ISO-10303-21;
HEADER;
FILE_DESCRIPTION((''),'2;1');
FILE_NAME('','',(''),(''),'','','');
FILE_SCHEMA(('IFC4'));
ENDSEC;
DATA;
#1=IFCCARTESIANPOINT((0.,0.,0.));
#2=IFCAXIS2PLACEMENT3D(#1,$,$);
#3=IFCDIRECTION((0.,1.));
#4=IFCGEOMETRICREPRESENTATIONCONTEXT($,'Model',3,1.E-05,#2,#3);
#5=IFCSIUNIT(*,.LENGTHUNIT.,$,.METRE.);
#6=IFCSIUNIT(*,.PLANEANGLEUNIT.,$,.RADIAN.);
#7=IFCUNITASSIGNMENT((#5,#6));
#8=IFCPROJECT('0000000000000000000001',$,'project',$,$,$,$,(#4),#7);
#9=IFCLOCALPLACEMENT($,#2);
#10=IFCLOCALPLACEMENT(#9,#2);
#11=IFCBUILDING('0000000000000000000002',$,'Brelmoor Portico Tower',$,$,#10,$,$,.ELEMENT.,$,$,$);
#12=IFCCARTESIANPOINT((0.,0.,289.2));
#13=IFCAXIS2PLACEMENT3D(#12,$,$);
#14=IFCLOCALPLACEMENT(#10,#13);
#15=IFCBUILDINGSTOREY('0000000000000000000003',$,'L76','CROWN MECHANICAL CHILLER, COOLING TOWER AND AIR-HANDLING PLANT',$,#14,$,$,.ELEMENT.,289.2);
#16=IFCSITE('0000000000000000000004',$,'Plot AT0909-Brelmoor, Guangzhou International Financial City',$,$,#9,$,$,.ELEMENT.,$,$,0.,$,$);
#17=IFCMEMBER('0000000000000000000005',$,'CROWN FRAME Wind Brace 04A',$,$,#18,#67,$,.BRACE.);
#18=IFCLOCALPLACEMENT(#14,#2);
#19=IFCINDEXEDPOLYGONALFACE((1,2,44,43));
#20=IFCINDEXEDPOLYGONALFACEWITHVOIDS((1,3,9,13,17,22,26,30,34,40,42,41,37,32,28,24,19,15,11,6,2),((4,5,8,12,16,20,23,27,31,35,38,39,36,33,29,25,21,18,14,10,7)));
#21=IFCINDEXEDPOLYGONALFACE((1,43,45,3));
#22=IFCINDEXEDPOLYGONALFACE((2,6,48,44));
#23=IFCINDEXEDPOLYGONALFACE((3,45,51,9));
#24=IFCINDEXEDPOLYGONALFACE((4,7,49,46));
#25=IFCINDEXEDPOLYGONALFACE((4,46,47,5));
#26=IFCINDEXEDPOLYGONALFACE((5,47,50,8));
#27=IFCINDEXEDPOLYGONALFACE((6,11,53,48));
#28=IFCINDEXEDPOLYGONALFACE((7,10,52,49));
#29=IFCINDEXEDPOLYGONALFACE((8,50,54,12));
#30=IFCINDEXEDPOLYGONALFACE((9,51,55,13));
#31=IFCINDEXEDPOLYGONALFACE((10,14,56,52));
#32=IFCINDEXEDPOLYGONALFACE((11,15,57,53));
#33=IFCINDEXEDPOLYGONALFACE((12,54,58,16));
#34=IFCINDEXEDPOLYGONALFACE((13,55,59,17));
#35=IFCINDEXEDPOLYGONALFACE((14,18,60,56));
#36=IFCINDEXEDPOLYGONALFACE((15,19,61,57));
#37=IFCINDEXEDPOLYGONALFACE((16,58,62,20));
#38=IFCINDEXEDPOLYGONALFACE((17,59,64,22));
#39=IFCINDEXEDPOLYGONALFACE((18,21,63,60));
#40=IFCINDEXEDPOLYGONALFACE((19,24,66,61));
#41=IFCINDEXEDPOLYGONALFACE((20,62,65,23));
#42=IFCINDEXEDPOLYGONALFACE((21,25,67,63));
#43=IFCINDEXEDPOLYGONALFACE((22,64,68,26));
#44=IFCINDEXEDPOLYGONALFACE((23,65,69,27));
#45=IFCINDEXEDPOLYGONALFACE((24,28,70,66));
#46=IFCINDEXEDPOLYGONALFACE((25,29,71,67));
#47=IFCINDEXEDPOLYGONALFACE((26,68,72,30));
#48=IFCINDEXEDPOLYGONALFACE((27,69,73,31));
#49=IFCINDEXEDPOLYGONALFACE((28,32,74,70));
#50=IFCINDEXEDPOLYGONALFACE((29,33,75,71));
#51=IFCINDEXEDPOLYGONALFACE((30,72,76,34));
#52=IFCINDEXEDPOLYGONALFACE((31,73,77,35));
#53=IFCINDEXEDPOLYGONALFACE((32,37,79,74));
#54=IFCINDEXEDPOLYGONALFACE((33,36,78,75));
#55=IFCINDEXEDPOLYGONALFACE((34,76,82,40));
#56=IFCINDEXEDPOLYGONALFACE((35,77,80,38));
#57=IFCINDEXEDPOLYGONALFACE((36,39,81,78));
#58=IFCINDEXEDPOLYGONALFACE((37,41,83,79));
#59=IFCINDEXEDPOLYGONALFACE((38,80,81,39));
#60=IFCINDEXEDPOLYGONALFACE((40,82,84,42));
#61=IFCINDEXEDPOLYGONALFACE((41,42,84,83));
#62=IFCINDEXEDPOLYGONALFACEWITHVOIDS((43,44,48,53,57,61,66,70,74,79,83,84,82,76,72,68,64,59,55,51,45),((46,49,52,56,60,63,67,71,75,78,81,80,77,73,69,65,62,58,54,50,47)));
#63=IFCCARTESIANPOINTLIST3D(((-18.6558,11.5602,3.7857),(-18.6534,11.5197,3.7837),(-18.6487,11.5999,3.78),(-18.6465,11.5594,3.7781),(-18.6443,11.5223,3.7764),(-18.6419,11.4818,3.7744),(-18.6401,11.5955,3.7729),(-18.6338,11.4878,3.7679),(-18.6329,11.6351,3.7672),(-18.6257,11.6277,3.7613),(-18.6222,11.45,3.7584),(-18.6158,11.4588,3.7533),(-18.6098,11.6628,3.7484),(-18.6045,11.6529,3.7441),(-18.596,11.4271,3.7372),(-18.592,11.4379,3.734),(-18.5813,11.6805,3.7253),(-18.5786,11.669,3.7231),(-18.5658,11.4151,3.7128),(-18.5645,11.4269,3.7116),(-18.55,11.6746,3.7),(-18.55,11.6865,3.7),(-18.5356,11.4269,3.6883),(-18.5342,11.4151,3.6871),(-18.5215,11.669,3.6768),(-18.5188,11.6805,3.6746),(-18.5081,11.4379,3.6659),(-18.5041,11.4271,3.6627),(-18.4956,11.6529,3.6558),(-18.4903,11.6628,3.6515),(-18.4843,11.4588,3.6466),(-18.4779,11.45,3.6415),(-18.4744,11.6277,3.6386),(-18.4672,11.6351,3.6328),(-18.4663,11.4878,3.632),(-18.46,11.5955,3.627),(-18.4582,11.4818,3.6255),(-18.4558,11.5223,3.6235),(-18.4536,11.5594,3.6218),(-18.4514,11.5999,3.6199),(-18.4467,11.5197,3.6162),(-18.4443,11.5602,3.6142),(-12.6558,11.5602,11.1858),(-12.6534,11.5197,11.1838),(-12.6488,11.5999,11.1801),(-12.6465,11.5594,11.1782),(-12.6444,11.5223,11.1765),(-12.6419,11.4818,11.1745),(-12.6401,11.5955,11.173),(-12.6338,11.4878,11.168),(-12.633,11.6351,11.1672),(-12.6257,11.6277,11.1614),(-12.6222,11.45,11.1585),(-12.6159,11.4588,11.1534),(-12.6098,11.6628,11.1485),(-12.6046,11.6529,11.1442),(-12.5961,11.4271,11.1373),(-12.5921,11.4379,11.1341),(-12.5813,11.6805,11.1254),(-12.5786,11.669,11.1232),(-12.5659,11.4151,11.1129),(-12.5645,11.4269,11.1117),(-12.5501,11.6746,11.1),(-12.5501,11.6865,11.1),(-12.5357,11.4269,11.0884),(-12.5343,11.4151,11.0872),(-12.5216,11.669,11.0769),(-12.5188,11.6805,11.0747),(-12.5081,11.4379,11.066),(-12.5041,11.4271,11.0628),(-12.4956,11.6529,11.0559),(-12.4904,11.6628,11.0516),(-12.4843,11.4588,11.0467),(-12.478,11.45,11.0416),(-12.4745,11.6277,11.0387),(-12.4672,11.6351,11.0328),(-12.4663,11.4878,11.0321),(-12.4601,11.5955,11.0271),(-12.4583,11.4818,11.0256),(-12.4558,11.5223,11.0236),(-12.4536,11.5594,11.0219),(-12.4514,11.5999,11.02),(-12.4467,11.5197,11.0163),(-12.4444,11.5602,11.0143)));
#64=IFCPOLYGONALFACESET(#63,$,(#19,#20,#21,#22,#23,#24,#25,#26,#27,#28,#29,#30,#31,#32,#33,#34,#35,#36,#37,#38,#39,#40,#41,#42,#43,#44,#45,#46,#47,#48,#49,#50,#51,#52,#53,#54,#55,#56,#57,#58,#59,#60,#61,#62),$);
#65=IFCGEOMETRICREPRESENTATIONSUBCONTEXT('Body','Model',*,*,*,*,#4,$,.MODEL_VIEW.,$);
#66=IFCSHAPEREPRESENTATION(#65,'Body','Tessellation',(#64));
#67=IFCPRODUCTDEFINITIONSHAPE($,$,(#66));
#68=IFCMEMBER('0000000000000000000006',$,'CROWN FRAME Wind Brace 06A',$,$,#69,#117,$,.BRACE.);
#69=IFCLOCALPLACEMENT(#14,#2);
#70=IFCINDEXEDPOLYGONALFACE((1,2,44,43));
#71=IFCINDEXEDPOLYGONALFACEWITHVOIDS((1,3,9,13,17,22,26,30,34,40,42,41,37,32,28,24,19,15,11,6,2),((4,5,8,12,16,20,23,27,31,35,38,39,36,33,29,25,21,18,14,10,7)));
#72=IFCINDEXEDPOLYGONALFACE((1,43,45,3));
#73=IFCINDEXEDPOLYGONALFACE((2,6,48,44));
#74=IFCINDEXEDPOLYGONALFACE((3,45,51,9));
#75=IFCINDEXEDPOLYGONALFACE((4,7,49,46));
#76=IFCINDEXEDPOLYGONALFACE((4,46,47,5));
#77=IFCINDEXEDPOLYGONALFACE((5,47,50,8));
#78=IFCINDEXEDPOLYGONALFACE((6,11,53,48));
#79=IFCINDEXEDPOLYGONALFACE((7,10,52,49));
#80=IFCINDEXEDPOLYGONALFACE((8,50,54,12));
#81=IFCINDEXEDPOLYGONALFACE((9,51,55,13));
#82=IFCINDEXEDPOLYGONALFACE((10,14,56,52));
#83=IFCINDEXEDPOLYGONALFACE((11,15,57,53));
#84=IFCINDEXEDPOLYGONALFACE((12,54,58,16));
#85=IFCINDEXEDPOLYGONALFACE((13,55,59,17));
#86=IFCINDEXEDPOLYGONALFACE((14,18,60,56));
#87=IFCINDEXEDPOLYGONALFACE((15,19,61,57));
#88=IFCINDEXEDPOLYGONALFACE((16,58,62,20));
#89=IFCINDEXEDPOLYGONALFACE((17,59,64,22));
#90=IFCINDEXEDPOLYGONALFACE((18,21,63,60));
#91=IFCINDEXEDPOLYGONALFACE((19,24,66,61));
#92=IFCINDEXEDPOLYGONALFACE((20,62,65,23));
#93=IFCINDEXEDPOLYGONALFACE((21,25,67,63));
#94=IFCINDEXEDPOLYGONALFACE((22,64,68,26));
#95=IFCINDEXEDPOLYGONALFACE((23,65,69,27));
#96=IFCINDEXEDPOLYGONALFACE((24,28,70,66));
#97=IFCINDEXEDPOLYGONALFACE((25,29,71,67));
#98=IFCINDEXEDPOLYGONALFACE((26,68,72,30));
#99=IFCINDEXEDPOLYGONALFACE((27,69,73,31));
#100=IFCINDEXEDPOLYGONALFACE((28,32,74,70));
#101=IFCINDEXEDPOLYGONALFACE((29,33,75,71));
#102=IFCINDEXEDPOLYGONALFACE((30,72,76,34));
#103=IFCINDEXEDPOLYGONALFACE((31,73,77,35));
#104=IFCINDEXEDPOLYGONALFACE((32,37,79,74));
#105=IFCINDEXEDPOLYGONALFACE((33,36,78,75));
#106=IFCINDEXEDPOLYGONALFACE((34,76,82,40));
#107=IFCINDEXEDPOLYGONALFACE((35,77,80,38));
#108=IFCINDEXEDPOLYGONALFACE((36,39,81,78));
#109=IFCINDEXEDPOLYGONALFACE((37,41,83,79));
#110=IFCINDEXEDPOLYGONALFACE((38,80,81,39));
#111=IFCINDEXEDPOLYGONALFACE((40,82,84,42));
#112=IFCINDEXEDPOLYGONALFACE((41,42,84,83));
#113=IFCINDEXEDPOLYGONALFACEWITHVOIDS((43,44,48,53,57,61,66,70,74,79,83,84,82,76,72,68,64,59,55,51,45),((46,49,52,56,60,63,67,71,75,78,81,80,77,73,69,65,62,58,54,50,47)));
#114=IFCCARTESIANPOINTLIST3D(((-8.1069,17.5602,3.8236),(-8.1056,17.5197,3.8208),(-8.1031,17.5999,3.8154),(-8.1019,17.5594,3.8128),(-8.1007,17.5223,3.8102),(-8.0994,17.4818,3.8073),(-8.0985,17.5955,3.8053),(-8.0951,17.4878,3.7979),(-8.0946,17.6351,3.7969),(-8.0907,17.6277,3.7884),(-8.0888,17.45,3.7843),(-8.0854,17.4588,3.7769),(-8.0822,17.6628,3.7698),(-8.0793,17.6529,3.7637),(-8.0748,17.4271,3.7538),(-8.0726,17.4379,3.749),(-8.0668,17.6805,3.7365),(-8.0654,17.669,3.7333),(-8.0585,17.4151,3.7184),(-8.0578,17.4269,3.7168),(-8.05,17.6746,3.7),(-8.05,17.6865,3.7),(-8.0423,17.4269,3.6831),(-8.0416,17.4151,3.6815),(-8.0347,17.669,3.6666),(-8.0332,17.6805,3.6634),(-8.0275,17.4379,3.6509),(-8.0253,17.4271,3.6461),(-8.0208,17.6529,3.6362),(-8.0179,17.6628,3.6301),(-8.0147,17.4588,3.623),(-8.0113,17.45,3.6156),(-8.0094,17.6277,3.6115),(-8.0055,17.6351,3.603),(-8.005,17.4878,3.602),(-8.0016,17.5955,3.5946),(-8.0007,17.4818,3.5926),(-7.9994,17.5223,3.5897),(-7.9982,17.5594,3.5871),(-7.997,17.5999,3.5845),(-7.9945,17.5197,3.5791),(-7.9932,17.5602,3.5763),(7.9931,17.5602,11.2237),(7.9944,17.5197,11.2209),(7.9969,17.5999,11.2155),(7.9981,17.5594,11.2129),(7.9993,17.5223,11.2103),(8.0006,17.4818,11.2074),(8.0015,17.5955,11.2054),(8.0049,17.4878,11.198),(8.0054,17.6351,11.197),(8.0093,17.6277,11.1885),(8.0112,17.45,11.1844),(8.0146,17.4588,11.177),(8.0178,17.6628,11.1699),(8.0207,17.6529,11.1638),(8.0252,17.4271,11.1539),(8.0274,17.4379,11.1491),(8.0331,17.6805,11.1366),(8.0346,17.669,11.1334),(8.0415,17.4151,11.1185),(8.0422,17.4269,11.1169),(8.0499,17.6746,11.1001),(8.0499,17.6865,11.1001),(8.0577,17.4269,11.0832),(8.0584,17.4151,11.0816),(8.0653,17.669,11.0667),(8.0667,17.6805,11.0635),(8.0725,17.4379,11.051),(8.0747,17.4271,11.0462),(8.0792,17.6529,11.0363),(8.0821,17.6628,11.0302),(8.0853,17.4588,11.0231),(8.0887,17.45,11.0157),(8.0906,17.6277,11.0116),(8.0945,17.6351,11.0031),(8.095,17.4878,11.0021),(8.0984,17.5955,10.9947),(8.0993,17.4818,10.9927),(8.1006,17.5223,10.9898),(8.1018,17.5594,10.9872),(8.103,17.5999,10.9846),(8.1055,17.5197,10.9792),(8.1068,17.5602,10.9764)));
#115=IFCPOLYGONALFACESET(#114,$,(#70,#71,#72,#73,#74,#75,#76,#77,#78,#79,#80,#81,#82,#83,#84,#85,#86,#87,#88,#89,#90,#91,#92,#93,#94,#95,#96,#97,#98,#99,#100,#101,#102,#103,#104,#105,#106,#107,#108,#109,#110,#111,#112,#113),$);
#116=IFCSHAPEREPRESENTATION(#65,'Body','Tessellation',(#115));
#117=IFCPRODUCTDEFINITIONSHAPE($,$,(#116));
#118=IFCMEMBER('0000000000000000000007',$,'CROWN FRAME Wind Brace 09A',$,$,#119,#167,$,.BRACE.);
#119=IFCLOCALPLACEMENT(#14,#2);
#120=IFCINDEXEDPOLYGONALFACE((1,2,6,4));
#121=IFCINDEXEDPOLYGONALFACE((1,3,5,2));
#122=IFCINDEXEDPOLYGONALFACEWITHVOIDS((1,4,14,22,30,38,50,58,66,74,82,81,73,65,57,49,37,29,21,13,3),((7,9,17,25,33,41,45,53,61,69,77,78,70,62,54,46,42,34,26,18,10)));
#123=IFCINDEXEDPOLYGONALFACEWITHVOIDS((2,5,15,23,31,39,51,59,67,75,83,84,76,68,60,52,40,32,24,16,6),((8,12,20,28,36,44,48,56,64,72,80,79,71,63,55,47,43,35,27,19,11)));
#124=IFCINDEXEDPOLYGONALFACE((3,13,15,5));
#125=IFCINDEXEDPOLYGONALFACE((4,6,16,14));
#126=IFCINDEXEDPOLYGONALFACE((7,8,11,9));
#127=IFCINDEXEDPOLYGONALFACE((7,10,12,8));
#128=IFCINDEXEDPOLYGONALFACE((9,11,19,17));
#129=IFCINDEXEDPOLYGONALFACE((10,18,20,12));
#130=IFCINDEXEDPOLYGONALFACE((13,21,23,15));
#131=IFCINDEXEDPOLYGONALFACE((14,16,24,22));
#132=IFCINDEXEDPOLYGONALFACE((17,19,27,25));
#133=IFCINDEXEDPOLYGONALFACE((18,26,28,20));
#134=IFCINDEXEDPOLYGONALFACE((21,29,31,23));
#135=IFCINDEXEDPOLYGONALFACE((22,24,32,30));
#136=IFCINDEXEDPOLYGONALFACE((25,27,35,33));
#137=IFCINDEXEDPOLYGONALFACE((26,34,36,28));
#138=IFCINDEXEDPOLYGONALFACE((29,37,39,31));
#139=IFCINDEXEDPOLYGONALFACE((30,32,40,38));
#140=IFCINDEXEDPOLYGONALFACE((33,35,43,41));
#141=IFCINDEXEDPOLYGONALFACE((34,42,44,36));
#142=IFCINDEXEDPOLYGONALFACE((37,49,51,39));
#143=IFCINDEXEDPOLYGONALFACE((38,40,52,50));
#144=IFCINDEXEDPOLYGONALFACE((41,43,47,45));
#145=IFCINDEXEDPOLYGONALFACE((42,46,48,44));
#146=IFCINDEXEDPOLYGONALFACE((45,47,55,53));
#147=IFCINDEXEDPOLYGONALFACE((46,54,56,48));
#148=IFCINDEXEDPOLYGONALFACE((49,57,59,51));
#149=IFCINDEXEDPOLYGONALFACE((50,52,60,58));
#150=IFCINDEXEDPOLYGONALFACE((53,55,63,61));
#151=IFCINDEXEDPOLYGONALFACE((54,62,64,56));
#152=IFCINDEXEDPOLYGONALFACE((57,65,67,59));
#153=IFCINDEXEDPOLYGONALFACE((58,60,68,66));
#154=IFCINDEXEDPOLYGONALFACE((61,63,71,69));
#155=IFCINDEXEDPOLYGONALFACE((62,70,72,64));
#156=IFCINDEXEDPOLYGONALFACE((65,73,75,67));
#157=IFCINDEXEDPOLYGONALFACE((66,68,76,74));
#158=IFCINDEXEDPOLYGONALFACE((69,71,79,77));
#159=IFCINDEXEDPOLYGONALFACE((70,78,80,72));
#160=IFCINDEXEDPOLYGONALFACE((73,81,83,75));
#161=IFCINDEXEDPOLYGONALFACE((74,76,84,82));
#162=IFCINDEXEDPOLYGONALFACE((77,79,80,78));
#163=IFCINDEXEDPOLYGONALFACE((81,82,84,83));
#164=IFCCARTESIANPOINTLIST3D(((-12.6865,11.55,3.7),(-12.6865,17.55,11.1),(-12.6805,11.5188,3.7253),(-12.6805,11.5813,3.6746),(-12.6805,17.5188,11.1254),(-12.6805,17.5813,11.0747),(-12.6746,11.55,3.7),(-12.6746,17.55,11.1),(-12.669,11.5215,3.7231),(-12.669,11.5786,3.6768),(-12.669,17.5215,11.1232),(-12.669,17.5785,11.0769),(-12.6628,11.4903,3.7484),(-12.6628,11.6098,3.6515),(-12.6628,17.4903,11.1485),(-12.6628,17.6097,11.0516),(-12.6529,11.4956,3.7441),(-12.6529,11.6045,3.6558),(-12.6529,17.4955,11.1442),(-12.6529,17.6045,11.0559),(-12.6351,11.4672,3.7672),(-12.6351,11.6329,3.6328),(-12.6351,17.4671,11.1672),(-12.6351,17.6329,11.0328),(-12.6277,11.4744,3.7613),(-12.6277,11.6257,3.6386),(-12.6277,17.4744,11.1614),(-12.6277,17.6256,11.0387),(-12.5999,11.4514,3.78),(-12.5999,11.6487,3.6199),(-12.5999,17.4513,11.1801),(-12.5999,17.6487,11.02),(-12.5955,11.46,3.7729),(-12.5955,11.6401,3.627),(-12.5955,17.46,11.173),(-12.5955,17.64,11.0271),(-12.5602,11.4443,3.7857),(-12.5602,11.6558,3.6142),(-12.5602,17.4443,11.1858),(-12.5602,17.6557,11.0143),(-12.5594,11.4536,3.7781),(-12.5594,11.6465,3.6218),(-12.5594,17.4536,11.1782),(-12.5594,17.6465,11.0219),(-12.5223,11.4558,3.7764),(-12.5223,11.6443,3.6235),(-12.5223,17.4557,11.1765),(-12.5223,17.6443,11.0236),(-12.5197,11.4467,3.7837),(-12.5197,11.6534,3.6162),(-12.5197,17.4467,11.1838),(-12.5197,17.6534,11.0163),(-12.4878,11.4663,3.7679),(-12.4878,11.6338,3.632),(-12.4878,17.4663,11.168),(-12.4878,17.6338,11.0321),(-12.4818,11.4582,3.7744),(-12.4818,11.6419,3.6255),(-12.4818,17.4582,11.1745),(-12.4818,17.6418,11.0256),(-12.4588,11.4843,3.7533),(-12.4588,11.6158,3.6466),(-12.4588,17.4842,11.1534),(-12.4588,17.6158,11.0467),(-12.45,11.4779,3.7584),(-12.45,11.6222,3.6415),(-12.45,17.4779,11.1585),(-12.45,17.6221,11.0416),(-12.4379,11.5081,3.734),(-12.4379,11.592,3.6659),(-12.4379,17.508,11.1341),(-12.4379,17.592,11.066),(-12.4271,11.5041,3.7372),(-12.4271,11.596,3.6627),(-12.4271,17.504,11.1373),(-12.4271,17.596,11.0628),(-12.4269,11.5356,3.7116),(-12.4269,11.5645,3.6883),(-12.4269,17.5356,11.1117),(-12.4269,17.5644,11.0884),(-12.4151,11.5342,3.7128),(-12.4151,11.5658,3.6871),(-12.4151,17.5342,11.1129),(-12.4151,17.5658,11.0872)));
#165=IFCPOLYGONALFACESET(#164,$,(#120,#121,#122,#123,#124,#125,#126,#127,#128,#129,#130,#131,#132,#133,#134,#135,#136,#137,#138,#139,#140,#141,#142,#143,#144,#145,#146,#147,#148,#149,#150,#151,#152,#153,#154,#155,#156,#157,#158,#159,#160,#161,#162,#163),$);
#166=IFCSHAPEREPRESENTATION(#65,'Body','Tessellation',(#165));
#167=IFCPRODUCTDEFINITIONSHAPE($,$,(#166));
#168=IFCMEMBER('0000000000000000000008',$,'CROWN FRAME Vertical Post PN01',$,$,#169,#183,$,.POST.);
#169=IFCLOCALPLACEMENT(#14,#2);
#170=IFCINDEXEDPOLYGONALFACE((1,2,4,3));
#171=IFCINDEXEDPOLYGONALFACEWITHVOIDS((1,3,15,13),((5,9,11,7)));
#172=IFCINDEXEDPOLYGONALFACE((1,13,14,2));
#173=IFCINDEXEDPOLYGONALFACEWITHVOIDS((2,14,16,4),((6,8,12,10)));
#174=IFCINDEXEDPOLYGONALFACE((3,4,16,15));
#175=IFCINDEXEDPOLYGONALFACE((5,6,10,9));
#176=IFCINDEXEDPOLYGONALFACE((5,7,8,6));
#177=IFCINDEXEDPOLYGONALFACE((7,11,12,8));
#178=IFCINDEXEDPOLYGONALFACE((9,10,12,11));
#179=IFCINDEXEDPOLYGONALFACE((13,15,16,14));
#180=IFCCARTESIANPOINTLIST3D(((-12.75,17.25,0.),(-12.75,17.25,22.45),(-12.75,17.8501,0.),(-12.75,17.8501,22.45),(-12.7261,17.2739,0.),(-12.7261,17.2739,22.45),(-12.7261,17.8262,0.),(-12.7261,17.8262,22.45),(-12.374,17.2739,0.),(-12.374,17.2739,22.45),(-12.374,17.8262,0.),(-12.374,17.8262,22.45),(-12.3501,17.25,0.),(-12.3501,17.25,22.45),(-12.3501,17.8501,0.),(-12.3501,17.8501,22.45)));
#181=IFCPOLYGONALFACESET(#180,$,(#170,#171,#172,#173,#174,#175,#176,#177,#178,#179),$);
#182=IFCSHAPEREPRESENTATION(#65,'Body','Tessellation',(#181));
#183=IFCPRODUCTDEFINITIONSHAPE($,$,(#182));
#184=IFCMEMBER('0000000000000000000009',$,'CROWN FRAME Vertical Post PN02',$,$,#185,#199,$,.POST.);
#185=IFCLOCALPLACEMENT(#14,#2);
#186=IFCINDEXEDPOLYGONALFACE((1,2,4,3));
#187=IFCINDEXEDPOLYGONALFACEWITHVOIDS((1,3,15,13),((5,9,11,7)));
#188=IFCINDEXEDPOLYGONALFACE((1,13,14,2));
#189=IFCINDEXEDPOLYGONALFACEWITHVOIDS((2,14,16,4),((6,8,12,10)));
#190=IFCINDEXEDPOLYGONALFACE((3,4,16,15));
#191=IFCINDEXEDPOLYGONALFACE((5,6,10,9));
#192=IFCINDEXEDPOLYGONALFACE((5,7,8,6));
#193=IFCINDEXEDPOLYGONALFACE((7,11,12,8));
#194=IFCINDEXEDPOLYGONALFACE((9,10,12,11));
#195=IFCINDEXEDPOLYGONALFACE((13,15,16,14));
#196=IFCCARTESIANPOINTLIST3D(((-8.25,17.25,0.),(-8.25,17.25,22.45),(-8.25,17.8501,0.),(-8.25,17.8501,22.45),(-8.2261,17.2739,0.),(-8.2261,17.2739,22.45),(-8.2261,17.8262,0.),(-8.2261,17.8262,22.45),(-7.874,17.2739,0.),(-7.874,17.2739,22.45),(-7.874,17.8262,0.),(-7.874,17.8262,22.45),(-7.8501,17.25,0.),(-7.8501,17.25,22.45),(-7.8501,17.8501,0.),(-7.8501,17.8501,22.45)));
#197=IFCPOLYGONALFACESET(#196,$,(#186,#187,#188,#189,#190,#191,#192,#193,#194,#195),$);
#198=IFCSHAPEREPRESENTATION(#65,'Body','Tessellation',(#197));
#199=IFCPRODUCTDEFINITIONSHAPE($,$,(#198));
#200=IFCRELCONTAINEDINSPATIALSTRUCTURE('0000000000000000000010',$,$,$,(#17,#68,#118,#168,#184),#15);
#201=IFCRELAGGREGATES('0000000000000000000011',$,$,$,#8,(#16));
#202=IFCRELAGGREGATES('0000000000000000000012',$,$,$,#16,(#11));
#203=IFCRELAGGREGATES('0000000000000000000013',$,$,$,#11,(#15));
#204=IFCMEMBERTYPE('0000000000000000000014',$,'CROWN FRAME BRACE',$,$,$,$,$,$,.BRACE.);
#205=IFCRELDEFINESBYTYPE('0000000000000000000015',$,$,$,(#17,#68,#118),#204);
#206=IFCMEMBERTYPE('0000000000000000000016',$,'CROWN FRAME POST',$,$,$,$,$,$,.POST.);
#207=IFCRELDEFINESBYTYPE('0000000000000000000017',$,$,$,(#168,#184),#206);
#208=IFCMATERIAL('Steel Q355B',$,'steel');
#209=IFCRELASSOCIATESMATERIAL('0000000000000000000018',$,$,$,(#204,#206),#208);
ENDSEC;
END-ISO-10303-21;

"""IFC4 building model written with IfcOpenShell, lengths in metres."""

from ifc_helpers import new_model, si_unit, direction, frame, origin, origin_2d, place, context, subcontext, project, spatial, hollow_rectangle, hollow_circle, extrude, material, material_profile, profile_set, type_object, element, save


model = new_model("IFC4")

# Units and contexts
model_context = context("Model", 3, precision=1e-05, world=origin(), true_north=direction((0.0, 1.0)))
body_context = subcontext(model_context, "Body", "Model", "MODEL_VIEW")
ifc_project = project(units=[si_unit("LENGTHUNIT", "METRE"), si_unit("PLANEANGLEUNIT", "RADIAN")], contexts=[model_context])

# Site, building, storey
site_placement = place(None, origin())
site = spatial("IfcSite", under=ifc_project, at=site_placement, Name="Plot AT0909-Brelmoor, Guangzhou International Financial City", CompositionType="ELEMENT", RefElevation=0.0)
building_placement = place(site_placement, origin())
building = spatial("IfcBuilding", under=site, at=building_placement, Name="Brelmoor Portico Tower", CompositionType="ELEMENT")
storey_placement = place(building_placement, frame((0.0, 0.0, 289.2)))
storey = spatial("IfcBuildingStorey", under=building, at=storey_placement, Name="L76", Description="CROWN MECHANICAL CHILLER, COOLING TOWER AND AIR-HANDLING PLANT", CompositionType="ELEMENT", Elevation=289.2)

# Members
ifc_material_1 = material(Name="Steel Q355B", Category="steel")
ifc_material_profile_1 = material_profile(ifc_material_1, hollow_circle(Radius=0.1365, WallThickness=0.012, at=origin_2d()), Name="CHS 273x12")
ifc_profile_set_1 = profile_set([ifc_material_profile_1], Name="Steel Q355B")
member_type_1 = type_object("IfcMemberType", Name="CROWN FRAME BRACE", PredefinedType="BRACE", material=ifc_profile_set_1)
member_1_placement = place(storey_placement, frame((-18.55, 11.55, 3.7), z_axis=(0.629794, 0.0, 0.776762), x_axis=(0.0, 1.0, 0.0)))
element("IfcMember", 1, at=member_1_placement, inside=storey, type_object=member_type_1, Name="CROWN FRAME Wind Brace 04A", PredefinedType="BRACE", context=body_context, shape_type="SweptSolid", body=[
    extrude(hollow_circle(Radius=0.1365, WallThickness=0.012, at=origin_2d()), origin(), (0.0, 0.0, 1.0), 9.5269),
])
member_2_placement = place(storey_placement, frame((-8.05, 17.55, 3.7), z_axis=(0.908617, 0.0, 0.417631), x_axis=(0.0, 1.0, 0.0)))
element("IfcMember", 2, at=member_2_placement, inside=storey, type_object=member_type_1, Name="CROWN FRAME Wind Brace 06A", PredefinedType="BRACE", context=body_context, shape_type="SweptSolid", body=[
    extrude(hollow_circle(Radius=0.1365, WallThickness=0.012, at=origin_2d()), origin(), (0.0, 0.0, 1.0), 17.7192),
])
member_3_placement = place(storey_placement, frame((-12.55, 11.55, 3.7), z_axis=(0.0, 0.629794, 0.776762), x_axis=(-1.0, 0.0, 0.0)))
element("IfcMember", 3, at=member_3_placement, inside=storey, type_object=member_type_1, Name="CROWN FRAME Wind Brace 09A", PredefinedType="BRACE", context=body_context, shape_type="SweptSolid", body=[
    extrude(hollow_circle(Radius=0.1365, WallThickness=0.012, at=origin_2d()), origin(), (0.0, 0.0, 1.0), 9.5269),
])
ifc_material_profile_2 = material_profile(ifc_material_1, hollow_rectangle(XDim=0.3999, YDim=0.6001, WallThickness=0.0239, at=origin_2d()), Name="RHS 400x600x24")
ifc_profile_set_2 = profile_set([ifc_material_profile_2], Name="Steel Q355B")
member_type_2 = type_object("IfcMemberType", Name="CROWN FRAME POST", PredefinedType="POST", material=ifc_profile_set_2)
for number, where, z_axis, x_axis, name in (
    (4, (-12.55, 17.55, 0.0), (0.0, 0.0, 1.0), (1.0, 0.0, 0.0), "CROWN FRAME Vertical Post PN01"),
    (5, (-8.05, 17.55, 0.0), (0.0, 0.0, 1.0), (1.0, 0.0, 0.0), "CROWN FRAME Vertical Post PN02"),
):
    element("IfcMember", number, at=place(storey_placement, frame(where, z_axis=z_axis, x_axis=x_axis)), inside=storey, type_object=member_type_2, Name=name, PredefinedType="POST", context=body_context, shape_type="SweptSolid", body=[
        extrude(hollow_rectangle(XDim=0.3999, YDim=0.6001, WallThickness=0.0239, at=origin_2d()), origin(), (0.0, 0.0, 1.0), 22.45),
    ])

save(model, "model.ifc")
